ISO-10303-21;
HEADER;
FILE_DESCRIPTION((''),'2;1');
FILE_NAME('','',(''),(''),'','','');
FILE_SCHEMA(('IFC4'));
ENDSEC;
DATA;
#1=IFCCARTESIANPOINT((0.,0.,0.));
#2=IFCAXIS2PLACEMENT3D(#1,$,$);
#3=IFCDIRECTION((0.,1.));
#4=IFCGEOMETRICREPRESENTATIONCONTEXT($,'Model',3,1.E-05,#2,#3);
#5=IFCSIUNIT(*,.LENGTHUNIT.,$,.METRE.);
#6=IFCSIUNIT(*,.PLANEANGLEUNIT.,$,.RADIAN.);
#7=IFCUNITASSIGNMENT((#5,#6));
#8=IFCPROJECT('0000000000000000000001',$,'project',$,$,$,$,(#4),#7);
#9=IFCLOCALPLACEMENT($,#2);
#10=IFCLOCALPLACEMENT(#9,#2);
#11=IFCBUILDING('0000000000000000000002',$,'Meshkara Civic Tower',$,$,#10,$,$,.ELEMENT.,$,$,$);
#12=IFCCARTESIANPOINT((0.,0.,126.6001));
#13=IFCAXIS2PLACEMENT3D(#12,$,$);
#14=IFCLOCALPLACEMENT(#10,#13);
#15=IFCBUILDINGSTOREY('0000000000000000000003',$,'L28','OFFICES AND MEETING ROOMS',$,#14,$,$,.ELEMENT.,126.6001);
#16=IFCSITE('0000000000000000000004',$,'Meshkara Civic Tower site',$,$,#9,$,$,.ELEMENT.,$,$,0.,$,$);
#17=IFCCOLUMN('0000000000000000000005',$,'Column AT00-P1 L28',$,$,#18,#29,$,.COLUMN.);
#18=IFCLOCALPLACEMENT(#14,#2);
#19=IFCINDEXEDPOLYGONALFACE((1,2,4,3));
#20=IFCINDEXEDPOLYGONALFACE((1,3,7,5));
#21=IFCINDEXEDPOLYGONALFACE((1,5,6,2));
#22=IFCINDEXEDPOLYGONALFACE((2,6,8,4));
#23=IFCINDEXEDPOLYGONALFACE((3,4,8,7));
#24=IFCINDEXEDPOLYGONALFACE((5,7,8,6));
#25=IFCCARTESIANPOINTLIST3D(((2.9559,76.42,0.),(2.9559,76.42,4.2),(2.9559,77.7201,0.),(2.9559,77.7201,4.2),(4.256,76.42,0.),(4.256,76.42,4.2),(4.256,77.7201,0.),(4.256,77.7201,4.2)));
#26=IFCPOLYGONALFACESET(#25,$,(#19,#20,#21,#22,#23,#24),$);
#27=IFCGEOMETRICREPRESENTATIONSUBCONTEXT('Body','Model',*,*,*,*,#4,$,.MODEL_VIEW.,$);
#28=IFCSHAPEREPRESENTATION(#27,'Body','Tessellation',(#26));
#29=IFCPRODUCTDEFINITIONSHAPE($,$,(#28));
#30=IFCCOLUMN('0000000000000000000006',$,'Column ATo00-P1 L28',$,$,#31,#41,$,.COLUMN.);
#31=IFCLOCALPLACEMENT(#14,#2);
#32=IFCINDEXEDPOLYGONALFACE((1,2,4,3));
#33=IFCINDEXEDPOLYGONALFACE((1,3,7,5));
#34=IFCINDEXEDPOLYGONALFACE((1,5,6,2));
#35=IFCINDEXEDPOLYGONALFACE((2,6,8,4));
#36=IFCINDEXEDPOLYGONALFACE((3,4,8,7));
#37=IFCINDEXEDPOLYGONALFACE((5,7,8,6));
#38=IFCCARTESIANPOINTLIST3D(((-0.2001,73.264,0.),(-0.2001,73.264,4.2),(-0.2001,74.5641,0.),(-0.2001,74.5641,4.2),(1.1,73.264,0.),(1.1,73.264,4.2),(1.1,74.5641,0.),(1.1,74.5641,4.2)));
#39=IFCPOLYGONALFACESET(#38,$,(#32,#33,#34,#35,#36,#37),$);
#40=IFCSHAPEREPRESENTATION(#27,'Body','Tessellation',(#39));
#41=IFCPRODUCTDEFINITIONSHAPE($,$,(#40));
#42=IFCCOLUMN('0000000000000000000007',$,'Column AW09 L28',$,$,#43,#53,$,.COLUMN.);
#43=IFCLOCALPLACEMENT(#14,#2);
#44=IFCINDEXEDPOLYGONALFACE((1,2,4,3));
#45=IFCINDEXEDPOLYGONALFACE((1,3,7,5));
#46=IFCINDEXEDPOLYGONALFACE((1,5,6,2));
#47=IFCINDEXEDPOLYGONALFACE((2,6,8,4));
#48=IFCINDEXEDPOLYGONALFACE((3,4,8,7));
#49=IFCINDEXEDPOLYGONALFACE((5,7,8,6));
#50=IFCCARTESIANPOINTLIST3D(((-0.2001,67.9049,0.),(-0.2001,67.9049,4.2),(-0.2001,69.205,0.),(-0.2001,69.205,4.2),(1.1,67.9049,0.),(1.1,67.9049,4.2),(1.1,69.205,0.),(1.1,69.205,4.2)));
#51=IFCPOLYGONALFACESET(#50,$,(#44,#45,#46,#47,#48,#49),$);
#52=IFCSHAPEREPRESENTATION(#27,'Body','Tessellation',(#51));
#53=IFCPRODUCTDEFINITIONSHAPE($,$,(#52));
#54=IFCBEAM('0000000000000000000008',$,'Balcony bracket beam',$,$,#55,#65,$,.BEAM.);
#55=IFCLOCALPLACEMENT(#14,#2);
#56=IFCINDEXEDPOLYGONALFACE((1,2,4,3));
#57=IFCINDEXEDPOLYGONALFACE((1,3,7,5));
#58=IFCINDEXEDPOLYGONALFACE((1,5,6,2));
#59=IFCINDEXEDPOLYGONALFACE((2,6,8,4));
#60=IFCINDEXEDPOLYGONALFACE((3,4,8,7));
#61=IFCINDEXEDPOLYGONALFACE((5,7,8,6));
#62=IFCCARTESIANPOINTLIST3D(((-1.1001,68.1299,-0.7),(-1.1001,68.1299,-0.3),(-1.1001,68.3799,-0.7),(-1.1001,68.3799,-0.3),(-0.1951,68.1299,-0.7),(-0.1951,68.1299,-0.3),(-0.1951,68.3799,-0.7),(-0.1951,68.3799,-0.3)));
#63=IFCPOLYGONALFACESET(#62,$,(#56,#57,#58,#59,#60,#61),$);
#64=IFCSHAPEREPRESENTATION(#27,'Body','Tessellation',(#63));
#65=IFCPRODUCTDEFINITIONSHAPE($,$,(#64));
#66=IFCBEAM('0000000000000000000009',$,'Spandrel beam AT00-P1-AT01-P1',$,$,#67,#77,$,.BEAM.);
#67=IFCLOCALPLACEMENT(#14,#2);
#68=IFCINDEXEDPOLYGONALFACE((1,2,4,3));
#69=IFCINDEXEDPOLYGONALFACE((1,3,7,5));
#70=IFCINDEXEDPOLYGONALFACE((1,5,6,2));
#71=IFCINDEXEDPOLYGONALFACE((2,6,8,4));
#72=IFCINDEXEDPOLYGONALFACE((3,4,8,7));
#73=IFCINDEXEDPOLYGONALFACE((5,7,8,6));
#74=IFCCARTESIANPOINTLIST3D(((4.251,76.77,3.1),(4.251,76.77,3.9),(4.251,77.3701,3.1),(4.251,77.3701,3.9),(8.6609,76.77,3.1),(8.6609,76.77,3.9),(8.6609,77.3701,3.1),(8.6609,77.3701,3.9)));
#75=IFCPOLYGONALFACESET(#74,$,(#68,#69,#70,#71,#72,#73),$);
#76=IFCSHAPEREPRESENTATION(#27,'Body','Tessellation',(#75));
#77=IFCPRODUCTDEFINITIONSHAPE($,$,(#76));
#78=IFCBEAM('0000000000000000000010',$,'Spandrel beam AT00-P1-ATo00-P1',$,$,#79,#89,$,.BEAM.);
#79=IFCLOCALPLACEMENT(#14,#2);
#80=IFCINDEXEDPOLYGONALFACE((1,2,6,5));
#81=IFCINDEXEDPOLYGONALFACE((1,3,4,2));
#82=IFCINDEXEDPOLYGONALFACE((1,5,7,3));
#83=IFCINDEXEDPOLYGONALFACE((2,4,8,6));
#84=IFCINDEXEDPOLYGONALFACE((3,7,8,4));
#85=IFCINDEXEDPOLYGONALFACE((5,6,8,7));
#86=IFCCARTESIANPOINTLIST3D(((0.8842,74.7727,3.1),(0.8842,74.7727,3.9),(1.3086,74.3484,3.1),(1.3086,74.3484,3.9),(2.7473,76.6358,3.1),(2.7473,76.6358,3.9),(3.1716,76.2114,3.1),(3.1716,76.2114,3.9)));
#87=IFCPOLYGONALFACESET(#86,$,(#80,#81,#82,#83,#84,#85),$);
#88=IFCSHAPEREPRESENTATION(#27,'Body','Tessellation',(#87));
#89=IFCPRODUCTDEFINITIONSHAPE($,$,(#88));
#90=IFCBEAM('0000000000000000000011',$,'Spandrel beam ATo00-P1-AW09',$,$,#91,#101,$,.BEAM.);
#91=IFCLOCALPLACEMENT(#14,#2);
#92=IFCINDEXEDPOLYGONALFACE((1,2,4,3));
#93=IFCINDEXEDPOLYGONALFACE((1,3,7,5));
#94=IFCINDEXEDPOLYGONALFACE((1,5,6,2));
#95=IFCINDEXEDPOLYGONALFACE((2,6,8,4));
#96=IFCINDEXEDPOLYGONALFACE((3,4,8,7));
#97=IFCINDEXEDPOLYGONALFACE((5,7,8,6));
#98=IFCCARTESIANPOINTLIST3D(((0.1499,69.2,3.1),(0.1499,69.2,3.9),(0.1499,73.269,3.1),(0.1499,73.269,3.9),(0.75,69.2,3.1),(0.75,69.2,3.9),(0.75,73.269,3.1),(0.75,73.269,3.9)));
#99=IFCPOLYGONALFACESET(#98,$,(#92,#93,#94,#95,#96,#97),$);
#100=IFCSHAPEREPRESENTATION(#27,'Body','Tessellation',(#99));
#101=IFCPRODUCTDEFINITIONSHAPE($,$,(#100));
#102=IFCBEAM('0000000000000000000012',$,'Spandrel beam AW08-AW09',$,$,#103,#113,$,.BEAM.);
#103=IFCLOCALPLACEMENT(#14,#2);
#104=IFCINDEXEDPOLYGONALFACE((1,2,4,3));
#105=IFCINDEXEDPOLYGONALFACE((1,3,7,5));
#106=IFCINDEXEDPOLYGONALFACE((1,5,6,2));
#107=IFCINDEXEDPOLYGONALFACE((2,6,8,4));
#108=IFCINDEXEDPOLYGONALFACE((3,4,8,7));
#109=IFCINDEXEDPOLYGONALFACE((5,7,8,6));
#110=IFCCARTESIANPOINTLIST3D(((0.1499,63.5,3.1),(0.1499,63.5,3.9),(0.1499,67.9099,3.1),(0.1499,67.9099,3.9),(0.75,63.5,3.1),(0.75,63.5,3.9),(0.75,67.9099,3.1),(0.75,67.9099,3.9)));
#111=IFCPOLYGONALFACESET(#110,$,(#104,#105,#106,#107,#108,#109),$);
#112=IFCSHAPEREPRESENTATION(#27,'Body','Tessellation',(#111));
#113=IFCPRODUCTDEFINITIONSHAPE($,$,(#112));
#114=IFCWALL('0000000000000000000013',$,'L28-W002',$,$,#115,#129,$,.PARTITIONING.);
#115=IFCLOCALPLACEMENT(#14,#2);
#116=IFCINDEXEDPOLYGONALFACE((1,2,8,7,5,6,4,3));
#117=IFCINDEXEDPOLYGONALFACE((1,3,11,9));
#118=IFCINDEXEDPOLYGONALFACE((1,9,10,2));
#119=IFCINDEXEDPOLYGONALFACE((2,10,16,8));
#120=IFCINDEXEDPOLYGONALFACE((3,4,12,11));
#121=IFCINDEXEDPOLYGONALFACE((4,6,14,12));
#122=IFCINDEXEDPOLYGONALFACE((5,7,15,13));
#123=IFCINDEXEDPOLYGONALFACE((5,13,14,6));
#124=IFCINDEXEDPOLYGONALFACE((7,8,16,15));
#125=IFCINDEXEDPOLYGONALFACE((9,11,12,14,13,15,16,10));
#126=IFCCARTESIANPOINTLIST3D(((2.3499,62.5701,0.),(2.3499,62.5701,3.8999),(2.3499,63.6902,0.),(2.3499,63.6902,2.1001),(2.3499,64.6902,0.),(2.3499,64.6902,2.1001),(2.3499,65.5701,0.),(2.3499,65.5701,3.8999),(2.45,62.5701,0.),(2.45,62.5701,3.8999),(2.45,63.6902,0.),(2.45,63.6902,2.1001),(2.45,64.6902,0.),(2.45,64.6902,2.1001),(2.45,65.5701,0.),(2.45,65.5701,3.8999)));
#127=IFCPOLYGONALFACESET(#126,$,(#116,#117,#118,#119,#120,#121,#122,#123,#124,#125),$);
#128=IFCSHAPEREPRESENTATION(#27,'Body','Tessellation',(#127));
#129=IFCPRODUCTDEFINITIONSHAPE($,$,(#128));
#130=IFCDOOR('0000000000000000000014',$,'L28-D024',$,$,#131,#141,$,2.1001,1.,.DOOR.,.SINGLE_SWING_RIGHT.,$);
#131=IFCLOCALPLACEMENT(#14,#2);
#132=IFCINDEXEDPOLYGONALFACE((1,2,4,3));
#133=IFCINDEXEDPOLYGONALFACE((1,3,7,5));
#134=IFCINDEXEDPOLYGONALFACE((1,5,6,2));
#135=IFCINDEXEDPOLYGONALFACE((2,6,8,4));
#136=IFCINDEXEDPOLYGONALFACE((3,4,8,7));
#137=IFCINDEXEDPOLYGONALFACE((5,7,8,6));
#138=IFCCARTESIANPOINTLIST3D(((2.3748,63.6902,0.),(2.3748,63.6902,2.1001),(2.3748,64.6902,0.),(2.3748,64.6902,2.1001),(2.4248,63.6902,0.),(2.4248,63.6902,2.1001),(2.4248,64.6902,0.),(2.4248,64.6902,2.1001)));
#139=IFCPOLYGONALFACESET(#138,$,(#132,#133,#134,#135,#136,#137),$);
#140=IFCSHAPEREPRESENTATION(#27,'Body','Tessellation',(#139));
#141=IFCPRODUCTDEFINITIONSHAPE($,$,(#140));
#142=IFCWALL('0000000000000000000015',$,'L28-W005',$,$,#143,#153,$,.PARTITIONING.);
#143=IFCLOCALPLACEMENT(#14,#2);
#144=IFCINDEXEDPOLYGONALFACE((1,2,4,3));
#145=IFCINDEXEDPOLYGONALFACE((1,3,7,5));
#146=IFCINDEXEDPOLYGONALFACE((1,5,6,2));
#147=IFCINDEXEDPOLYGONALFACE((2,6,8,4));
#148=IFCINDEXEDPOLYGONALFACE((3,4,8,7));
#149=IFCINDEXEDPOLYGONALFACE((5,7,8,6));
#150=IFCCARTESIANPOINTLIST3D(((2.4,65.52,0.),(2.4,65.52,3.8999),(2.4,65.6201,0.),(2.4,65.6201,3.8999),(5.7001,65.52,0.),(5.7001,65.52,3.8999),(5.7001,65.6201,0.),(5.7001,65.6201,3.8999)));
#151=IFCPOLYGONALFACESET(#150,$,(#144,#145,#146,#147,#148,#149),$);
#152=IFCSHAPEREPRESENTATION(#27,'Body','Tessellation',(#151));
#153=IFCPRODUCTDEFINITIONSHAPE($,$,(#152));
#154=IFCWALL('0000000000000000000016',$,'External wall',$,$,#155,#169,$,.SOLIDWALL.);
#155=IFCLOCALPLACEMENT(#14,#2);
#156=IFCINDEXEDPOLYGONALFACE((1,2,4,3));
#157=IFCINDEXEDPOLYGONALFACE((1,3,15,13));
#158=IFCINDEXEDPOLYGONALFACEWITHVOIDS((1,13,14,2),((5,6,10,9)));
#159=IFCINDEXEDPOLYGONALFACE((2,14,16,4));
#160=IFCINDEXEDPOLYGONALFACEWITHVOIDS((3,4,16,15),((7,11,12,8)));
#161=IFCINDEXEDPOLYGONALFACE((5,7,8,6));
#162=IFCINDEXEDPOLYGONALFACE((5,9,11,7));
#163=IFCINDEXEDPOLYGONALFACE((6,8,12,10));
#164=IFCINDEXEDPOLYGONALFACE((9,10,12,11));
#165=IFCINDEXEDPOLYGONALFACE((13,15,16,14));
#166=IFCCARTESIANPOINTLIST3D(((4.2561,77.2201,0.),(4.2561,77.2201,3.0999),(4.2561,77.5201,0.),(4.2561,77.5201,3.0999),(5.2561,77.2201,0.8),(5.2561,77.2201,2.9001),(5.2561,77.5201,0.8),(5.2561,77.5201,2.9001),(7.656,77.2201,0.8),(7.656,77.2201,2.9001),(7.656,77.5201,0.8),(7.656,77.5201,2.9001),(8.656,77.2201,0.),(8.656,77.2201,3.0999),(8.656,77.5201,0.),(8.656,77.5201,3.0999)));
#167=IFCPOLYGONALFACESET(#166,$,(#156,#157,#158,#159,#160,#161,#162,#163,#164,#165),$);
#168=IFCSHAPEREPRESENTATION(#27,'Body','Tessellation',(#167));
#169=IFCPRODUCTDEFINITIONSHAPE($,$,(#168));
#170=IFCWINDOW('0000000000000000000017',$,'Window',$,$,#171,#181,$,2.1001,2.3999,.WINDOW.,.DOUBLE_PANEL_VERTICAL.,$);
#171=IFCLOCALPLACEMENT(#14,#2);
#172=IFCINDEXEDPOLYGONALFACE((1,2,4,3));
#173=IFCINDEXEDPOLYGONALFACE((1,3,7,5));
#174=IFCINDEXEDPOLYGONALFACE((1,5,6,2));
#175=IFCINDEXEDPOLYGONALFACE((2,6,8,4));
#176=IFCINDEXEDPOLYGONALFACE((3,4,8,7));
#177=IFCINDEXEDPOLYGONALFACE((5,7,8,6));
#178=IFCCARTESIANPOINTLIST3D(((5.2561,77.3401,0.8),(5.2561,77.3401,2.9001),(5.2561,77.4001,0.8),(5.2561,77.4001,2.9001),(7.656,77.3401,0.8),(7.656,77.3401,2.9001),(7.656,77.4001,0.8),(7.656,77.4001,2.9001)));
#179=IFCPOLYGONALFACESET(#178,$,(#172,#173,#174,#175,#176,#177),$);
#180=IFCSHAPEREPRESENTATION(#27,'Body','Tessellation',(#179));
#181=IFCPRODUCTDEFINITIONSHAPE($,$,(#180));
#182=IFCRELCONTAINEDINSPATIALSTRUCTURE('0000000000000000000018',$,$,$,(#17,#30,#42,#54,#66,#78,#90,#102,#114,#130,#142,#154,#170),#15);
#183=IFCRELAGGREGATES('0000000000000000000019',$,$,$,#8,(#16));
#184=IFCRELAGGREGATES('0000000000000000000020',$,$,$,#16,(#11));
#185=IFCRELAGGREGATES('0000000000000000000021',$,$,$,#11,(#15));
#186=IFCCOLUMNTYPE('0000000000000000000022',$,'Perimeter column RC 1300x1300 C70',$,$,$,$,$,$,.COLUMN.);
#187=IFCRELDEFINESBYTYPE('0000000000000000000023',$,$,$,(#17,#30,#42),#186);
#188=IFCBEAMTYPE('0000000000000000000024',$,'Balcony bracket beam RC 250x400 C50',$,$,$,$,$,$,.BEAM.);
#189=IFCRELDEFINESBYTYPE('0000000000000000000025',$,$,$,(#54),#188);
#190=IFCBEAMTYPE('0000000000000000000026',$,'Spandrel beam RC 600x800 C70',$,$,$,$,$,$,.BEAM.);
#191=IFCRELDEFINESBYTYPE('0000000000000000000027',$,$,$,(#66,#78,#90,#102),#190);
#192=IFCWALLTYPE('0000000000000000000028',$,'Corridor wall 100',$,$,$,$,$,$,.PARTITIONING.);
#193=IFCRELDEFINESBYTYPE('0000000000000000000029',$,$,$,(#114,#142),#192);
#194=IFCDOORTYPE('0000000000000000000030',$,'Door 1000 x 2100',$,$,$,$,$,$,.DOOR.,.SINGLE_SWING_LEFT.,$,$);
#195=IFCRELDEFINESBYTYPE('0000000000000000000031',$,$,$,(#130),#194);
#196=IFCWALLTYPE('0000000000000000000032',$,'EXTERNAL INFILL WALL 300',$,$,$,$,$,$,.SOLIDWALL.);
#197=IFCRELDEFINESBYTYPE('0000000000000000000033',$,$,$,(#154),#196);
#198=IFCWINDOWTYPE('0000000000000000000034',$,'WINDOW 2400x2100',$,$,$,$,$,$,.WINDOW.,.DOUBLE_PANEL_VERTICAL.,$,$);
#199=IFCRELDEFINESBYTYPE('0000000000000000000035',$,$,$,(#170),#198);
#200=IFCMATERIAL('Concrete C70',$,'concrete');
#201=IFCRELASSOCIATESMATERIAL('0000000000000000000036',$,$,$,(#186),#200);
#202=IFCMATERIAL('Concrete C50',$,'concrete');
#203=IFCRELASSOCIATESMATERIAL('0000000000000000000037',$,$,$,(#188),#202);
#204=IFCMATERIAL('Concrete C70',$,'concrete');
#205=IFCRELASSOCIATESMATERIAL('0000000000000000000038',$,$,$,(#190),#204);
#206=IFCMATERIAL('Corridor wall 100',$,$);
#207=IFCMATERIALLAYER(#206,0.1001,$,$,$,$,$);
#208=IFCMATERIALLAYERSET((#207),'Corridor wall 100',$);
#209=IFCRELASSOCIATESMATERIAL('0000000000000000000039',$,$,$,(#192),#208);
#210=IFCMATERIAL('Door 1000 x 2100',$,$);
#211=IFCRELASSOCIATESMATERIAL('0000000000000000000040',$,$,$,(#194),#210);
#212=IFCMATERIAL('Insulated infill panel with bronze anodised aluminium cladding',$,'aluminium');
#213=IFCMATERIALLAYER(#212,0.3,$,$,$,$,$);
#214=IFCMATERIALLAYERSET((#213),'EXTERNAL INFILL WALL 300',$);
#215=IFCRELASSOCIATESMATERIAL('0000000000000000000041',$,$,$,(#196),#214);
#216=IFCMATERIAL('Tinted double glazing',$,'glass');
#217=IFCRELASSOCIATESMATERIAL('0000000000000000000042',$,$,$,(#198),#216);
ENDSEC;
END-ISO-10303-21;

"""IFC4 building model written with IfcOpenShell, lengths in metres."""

from ifc_helpers import new_model, si_unit, direction, frame, frame_2d, origin, origin_2d, place, context, subcontext, project, spatial, rectangle, extrude, material, layer, layer_set, material_profile, profile_set, type_object, element, fill, save


model = new_model("IFC4")

# Units and contexts
model_context = context("Model", 3, precision=1e-05, world=origin(), true_north=direction((0.0, 1.0)))
body_context = subcontext(model_context, "Body", "Model", "MODEL_VIEW")
ifc_project = project(units=[si_unit("LENGTHUNIT", "METRE"), si_unit("PLANEANGLEUNIT", "RADIAN")], contexts=[model_context])

# Site, building, storey
site_placement = place(None, origin())
site = spatial("IfcSite", under=ifc_project, at=site_placement, Name="Meshkara Civic Tower site", CompositionType="ELEMENT", RefElevation=0.0)
building_placement = place(site_placement, origin())
building = spatial("IfcBuilding", under=site, at=building_placement, Name="Meshkara Civic Tower", CompositionType="ELEMENT")
storey_placement = place(building_placement, frame((0.0, 0.0, 126.6001)))
storey = spatial("IfcBuildingStorey", under=building, at=storey_placement, Name="L28", Description="OFFICES AND MEETING ROOMS", CompositionType="ELEMENT", Elevation=126.6001)

# Columns
ifc_material_1 = material(Name="Concrete C70", Category="concrete")
ifc_material_profile_1 = material_profile(ifc_material_1, rectangle(XDim=1.3, YDim=1.3, at=origin_2d()))
ifc_profile_set_1 = profile_set([ifc_material_profile_1], Name="Concrete C70")
column_type = type_object("IfcColumnType", Name="Perimeter column RC 1300x1300 C70", PredefinedType="COLUMN", material=ifc_profile_set_1)
for number, where, z_axis, x_axis, name in (
    (1, (3.606, 77.0701, 0.0), (0.0, 0.0, 1.0), (1.0, 0.0, 0.0), "Column AT00-P1 L28"),
    (2, (0.45, 73.9141, 0.0), (0.0, 0.0, 1.0), (1.0, 0.0, 0.0), "Column ATo00-P1 L28"),
    (3, (0.45, 68.5549, 0.0), (0.0, 0.0, 1.0), (1.0, 0.0, 0.0), "Column AW09 L28"),
):
    element("IfcColumn", number, at=place(storey_placement, frame(where, z_axis=z_axis, x_axis=x_axis)), inside=storey, type_object=column_type, Name=name, PredefinedType="COLUMN", context=body_context, shape_type="SweptSolid", body=[
        extrude(rectangle(XDim=1.3, YDim=1.3, at=origin_2d()), origin(), (0.0, 0.0, 1.0), 4.2),
    ])

# Beams
ifc_material_2 = material(Name="Concrete C50", Category="concrete")
ifc_material_profile_2 = material_profile(ifc_material_2, rectangle(XDim=0.25, YDim=0.3999, at=origin_2d()))
ifc_profile_set_2 = profile_set([ifc_material_profile_2], Name="Concrete C50")
beam_type_1 = type_object("IfcBeamType", Name="Balcony bracket beam RC 250x400 C50", PredefinedType="BEAM", material=ifc_profile_set_2)
beam_1_placement = place(storey_placement, frame((-0.1951, 68.2549, -0.5), z_axis=(-1.0, 0.0, 0.0), x_axis=(0.0, -1.0, 0.0)))
element("IfcBeam", 4, at=beam_1_placement, inside=storey, type_object=beam_type_1, Name="Balcony bracket beam", PredefinedType="BEAM", context=body_context, shape_type="SweptSolid", body=[
    extrude(rectangle(XDim=0.25, YDim=0.3999, at=origin_2d()), origin(), (0.0, 0.0, 1.0), 0.905),
])
ifc_material_3 = material(Name="Concrete C70", Category="concrete")
ifc_material_profile_3 = material_profile(ifc_material_3, rectangle(XDim=0.6001, YDim=0.8, at=origin_2d()))
ifc_profile_set_3 = profile_set([ifc_material_profile_3], Name="Concrete C70")
beam_type_2 = type_object("IfcBeamType", Name="Spandrel beam RC 600x800 C70", PredefinedType="BEAM", material=ifc_profile_set_3)
beam_2_placement = place(storey_placement, frame((8.6609, 77.0701, 3.5), z_axis=(-1.0, 0.0, 0.0), x_axis=(0.0, -1.0, 0.0)))
element("IfcBeam", 5, at=beam_2_placement, inside=storey, type_object=beam_type_2, Name="Spandrel beam AT00-P1-AT01-P1", PredefinedType="BEAM", context=body_context, shape_type="SweptSolid", body=[
    extrude(rectangle(XDim=0.6001, YDim=0.8, at=origin_2d()), origin(), (0.0, 0.0, 1.0), 4.4099),
])
beam_3_placement = place(storey_placement, frame((2.9595, 76.4236, 3.5), z_axis=(-0.707107, -0.707107, 0.0), x_axis=(0.707107, -0.707107, 0.0)))
element("IfcBeam", 6, at=beam_3_placement, inside=storey, type_object=beam_type_2, Name="Spandrel beam AT00-P1-ATo00-P1", PredefinedType="BEAM", context=body_context, shape_type="SweptSolid", body=[
    extrude(rectangle(XDim=0.6001, YDim=0.8, at=origin_2d()), origin(), (0.0, 0.0, 1.0), 2.6348),
])
beam_4_placement = place(storey_placement, frame((0.45, 73.269, 3.5), z_axis=(0.0, -1.0, 0.0), x_axis=(1.0, 0.0, 0.0)))
element("IfcBeam", 7, at=beam_4_placement, inside=storey, type_object=beam_type_2, Name="Spandrel beam ATo00-P1-AW09", PredefinedType="BEAM", context=body_context, shape_type="SweptSolid", body=[
    extrude(rectangle(XDim=0.6001, YDim=0.8, at=origin_2d()), origin(), (0.0, 0.0, 1.0), 4.0691),
])
beam_5_placement = place(storey_placement, frame((0.45, 67.9099, 3.5), z_axis=(0.0, -1.0, 0.0), x_axis=(1.0, 0.0, 0.0)))
element("IfcBeam", 8, at=beam_5_placement, inside=storey, type_object=beam_type_2, Name="Spandrel beam AW08-AW09", PredefinedType="BEAM", context=body_context, shape_type="SweptSolid", body=[
    extrude(rectangle(XDim=0.6001, YDim=0.8, at=origin_2d()), origin(), (0.0, 0.0, 1.0), 4.4099),
])

# Wall, opening, door
ifc_material_4 = material(Name="Corridor wall 100")
ifc_layer_1 = layer(ifc_material_4, 0.1001)
ifc_layer_set_1 = layer_set([ifc_layer_1], Name="Corridor wall 100")
wall_type_1 = type_object("IfcWallType", Name="Corridor wall 100", PredefinedType="PARTITIONING", material=ifc_layer_set_1)
wall_1_placement = place(storey_placement, frame((2.3999, 65.5701, 0.0), z_axis=(0.0, 0.0, 1.0), x_axis=(0.0, -1.0, 0.0)))
wall_1 = element("IfcWall", 9, at=wall_1_placement, inside=storey, type_object=wall_type_1, Name="L28-W002", PredefinedType="PARTITIONING", context=body_context, shape_type="SweptSolid", body=[
    extrude(rectangle(XDim=3.0, YDim=0.1001, at=frame_2d((1.5, 0.0))), origin(), (0.0, 0.0, 1.0), 3.8999),
])
opening_1_placement = place(wall_1_placement, frame((0.8799, 0.0, 0.0)))
opening_1 = element("IfcOpeningElement", 10, at=opening_1_placement, cuts=wall_1, PredefinedType="OPENING", context=body_context, shape_type="SweptSolid", body=[
    extrude(rectangle(XDim=1.0, YDim=2.1001, at=frame_2d((0.5, 1.05))), frame((0.0, 0.0601, 0.0), z_axis=(0.0, -1.0, 0.0), x_axis=(1.0, 0.0, 0.0)), (0.0, 0.0, 1.0), 0.1201),
])
ifc_material_5 = material(Name="Door 1000 x 2100")
door_type_1 = type_object("IfcDoorType", Name="Door 1000 x 2100", OperationType="SINGLE_SWING_LEFT", PredefinedType="DOOR", material=ifc_material_5)
door_1_placement = place(opening_1_placement, origin())
door_1 = element("IfcDoor", 11, at=door_1_placement, inside=storey, type_object=door_type_1, Name="L28-D024", OperationType="SINGLE_SWING_RIGHT", OverallHeight=2.1001, OverallWidth=1.0, PredefinedType="DOOR", context=body_context, shape_type="SweptSolid", body=[
    extrude(rectangle(XDim=1.0, YDim=2.1001, at=frame_2d((0.5, 1.05))), frame((0.0, 0.0249, 0.0), z_axis=(0.0, -1.0, 0.0), x_axis=(1.0, 0.0, 0.0)), (0.0, 0.0, 1.0), 0.05),
])
fill(opening_1, door_1)

# Wall
wall_2_placement = place(storey_placement, frame((5.7, 65.5701, 0.0), z_axis=(0.0, 0.0, 1.0), x_axis=(-1.0, 0.0, 0.0)))
element("IfcWall", 12, at=wall_2_placement, inside=storey, type_object=wall_type_1, Name="L28-W005", PredefinedType="PARTITIONING", context=body_context, shape_type="SweptSolid", body=[
    extrude(rectangle(XDim=3.3, YDim=0.1001, at=frame_2d((1.6499, 0.0))), origin(), (0.0, 0.0, 1.0), 3.8999),
])

# Wall, opening, window
ifc_material_6 = material(Name="Insulated infill panel with bronze anodised aluminium cladding", Category="aluminium")
ifc_layer_2 = layer(ifc_material_6, 0.3)
ifc_layer_set_2 = layer_set([ifc_layer_2], Name="EXTERNAL INFILL WALL 300")
wall_type_2 = type_object("IfcWallType", Name="EXTERNAL INFILL WALL 300", PredefinedType="SOLIDWALL", material=ifc_layer_set_2)
wall_3_placement = place(storey_placement, frame((8.656, 77.3701, 0.0), z_axis=(0.0, 0.0, 1.0), x_axis=(-1.0, 0.0, 0.0)))
wall_3 = element("IfcWall", 13, at=wall_3_placement, inside=storey, type_object=wall_type_2, Name="External wall", PredefinedType="SOLIDWALL", context=body_context, shape_type="SweptSolid", body=[
    extrude(rectangle(XDim=4.3999, YDim=0.3, at=frame_2d((2.2, 0.0))), origin(), (0.0, 0.0, 1.0), 3.0999),
])
opening_2_placement = place(wall_3_placement, frame((1.0, 0.0, 0.8)))
opening_2 = element("IfcOpeningElement", 14, at=opening_2_placement, cuts=wall_3, PredefinedType="OPENING", context=body_context, shape_type="SweptSolid", body=[
    extrude(rectangle(XDim=2.3999, YDim=2.1001, at=frame_2d((1.2, 1.05))), frame((0.0, 0.1599, 0.0), z_axis=(0.0, -1.0, 0.0), x_axis=(1.0, 0.0, 0.0)), (0.0, 0.0, 1.0), 0.3201),
])
ifc_material_7 = material(Name="Tinted double glazing", Category="glass")
window_type_1 = type_object("IfcWindowType", Name="WINDOW 2400x2100", PartitioningType="DOUBLE_PANEL_VERTICAL", PredefinedType="WINDOW", material=ifc_material_7)
window_1_placement = place(opening_2_placement, origin())
window_1 = element("IfcWindow", 15, at=window_1_placement, inside=storey, type_object=window_type_1, Name="Window", OverallHeight=2.1001, OverallWidth=2.3999, PartitioningType="DOUBLE_PANEL_VERTICAL", PredefinedType="WINDOW", context=body_context, shape_type="SweptSolid", body=[
    extrude(rectangle(XDim=2.3999, YDim=2.1001, at=frame_2d((1.2, 1.05))), frame((0.0, 0.03, 0.0), z_axis=(0.0, -1.0, 0.0), x_axis=(1.0, 0.0, 0.0)), (0.0, 0.0, 1.0), 0.0601),
])
fill(opening_2, window_1)

save(model, "model.ifc")
